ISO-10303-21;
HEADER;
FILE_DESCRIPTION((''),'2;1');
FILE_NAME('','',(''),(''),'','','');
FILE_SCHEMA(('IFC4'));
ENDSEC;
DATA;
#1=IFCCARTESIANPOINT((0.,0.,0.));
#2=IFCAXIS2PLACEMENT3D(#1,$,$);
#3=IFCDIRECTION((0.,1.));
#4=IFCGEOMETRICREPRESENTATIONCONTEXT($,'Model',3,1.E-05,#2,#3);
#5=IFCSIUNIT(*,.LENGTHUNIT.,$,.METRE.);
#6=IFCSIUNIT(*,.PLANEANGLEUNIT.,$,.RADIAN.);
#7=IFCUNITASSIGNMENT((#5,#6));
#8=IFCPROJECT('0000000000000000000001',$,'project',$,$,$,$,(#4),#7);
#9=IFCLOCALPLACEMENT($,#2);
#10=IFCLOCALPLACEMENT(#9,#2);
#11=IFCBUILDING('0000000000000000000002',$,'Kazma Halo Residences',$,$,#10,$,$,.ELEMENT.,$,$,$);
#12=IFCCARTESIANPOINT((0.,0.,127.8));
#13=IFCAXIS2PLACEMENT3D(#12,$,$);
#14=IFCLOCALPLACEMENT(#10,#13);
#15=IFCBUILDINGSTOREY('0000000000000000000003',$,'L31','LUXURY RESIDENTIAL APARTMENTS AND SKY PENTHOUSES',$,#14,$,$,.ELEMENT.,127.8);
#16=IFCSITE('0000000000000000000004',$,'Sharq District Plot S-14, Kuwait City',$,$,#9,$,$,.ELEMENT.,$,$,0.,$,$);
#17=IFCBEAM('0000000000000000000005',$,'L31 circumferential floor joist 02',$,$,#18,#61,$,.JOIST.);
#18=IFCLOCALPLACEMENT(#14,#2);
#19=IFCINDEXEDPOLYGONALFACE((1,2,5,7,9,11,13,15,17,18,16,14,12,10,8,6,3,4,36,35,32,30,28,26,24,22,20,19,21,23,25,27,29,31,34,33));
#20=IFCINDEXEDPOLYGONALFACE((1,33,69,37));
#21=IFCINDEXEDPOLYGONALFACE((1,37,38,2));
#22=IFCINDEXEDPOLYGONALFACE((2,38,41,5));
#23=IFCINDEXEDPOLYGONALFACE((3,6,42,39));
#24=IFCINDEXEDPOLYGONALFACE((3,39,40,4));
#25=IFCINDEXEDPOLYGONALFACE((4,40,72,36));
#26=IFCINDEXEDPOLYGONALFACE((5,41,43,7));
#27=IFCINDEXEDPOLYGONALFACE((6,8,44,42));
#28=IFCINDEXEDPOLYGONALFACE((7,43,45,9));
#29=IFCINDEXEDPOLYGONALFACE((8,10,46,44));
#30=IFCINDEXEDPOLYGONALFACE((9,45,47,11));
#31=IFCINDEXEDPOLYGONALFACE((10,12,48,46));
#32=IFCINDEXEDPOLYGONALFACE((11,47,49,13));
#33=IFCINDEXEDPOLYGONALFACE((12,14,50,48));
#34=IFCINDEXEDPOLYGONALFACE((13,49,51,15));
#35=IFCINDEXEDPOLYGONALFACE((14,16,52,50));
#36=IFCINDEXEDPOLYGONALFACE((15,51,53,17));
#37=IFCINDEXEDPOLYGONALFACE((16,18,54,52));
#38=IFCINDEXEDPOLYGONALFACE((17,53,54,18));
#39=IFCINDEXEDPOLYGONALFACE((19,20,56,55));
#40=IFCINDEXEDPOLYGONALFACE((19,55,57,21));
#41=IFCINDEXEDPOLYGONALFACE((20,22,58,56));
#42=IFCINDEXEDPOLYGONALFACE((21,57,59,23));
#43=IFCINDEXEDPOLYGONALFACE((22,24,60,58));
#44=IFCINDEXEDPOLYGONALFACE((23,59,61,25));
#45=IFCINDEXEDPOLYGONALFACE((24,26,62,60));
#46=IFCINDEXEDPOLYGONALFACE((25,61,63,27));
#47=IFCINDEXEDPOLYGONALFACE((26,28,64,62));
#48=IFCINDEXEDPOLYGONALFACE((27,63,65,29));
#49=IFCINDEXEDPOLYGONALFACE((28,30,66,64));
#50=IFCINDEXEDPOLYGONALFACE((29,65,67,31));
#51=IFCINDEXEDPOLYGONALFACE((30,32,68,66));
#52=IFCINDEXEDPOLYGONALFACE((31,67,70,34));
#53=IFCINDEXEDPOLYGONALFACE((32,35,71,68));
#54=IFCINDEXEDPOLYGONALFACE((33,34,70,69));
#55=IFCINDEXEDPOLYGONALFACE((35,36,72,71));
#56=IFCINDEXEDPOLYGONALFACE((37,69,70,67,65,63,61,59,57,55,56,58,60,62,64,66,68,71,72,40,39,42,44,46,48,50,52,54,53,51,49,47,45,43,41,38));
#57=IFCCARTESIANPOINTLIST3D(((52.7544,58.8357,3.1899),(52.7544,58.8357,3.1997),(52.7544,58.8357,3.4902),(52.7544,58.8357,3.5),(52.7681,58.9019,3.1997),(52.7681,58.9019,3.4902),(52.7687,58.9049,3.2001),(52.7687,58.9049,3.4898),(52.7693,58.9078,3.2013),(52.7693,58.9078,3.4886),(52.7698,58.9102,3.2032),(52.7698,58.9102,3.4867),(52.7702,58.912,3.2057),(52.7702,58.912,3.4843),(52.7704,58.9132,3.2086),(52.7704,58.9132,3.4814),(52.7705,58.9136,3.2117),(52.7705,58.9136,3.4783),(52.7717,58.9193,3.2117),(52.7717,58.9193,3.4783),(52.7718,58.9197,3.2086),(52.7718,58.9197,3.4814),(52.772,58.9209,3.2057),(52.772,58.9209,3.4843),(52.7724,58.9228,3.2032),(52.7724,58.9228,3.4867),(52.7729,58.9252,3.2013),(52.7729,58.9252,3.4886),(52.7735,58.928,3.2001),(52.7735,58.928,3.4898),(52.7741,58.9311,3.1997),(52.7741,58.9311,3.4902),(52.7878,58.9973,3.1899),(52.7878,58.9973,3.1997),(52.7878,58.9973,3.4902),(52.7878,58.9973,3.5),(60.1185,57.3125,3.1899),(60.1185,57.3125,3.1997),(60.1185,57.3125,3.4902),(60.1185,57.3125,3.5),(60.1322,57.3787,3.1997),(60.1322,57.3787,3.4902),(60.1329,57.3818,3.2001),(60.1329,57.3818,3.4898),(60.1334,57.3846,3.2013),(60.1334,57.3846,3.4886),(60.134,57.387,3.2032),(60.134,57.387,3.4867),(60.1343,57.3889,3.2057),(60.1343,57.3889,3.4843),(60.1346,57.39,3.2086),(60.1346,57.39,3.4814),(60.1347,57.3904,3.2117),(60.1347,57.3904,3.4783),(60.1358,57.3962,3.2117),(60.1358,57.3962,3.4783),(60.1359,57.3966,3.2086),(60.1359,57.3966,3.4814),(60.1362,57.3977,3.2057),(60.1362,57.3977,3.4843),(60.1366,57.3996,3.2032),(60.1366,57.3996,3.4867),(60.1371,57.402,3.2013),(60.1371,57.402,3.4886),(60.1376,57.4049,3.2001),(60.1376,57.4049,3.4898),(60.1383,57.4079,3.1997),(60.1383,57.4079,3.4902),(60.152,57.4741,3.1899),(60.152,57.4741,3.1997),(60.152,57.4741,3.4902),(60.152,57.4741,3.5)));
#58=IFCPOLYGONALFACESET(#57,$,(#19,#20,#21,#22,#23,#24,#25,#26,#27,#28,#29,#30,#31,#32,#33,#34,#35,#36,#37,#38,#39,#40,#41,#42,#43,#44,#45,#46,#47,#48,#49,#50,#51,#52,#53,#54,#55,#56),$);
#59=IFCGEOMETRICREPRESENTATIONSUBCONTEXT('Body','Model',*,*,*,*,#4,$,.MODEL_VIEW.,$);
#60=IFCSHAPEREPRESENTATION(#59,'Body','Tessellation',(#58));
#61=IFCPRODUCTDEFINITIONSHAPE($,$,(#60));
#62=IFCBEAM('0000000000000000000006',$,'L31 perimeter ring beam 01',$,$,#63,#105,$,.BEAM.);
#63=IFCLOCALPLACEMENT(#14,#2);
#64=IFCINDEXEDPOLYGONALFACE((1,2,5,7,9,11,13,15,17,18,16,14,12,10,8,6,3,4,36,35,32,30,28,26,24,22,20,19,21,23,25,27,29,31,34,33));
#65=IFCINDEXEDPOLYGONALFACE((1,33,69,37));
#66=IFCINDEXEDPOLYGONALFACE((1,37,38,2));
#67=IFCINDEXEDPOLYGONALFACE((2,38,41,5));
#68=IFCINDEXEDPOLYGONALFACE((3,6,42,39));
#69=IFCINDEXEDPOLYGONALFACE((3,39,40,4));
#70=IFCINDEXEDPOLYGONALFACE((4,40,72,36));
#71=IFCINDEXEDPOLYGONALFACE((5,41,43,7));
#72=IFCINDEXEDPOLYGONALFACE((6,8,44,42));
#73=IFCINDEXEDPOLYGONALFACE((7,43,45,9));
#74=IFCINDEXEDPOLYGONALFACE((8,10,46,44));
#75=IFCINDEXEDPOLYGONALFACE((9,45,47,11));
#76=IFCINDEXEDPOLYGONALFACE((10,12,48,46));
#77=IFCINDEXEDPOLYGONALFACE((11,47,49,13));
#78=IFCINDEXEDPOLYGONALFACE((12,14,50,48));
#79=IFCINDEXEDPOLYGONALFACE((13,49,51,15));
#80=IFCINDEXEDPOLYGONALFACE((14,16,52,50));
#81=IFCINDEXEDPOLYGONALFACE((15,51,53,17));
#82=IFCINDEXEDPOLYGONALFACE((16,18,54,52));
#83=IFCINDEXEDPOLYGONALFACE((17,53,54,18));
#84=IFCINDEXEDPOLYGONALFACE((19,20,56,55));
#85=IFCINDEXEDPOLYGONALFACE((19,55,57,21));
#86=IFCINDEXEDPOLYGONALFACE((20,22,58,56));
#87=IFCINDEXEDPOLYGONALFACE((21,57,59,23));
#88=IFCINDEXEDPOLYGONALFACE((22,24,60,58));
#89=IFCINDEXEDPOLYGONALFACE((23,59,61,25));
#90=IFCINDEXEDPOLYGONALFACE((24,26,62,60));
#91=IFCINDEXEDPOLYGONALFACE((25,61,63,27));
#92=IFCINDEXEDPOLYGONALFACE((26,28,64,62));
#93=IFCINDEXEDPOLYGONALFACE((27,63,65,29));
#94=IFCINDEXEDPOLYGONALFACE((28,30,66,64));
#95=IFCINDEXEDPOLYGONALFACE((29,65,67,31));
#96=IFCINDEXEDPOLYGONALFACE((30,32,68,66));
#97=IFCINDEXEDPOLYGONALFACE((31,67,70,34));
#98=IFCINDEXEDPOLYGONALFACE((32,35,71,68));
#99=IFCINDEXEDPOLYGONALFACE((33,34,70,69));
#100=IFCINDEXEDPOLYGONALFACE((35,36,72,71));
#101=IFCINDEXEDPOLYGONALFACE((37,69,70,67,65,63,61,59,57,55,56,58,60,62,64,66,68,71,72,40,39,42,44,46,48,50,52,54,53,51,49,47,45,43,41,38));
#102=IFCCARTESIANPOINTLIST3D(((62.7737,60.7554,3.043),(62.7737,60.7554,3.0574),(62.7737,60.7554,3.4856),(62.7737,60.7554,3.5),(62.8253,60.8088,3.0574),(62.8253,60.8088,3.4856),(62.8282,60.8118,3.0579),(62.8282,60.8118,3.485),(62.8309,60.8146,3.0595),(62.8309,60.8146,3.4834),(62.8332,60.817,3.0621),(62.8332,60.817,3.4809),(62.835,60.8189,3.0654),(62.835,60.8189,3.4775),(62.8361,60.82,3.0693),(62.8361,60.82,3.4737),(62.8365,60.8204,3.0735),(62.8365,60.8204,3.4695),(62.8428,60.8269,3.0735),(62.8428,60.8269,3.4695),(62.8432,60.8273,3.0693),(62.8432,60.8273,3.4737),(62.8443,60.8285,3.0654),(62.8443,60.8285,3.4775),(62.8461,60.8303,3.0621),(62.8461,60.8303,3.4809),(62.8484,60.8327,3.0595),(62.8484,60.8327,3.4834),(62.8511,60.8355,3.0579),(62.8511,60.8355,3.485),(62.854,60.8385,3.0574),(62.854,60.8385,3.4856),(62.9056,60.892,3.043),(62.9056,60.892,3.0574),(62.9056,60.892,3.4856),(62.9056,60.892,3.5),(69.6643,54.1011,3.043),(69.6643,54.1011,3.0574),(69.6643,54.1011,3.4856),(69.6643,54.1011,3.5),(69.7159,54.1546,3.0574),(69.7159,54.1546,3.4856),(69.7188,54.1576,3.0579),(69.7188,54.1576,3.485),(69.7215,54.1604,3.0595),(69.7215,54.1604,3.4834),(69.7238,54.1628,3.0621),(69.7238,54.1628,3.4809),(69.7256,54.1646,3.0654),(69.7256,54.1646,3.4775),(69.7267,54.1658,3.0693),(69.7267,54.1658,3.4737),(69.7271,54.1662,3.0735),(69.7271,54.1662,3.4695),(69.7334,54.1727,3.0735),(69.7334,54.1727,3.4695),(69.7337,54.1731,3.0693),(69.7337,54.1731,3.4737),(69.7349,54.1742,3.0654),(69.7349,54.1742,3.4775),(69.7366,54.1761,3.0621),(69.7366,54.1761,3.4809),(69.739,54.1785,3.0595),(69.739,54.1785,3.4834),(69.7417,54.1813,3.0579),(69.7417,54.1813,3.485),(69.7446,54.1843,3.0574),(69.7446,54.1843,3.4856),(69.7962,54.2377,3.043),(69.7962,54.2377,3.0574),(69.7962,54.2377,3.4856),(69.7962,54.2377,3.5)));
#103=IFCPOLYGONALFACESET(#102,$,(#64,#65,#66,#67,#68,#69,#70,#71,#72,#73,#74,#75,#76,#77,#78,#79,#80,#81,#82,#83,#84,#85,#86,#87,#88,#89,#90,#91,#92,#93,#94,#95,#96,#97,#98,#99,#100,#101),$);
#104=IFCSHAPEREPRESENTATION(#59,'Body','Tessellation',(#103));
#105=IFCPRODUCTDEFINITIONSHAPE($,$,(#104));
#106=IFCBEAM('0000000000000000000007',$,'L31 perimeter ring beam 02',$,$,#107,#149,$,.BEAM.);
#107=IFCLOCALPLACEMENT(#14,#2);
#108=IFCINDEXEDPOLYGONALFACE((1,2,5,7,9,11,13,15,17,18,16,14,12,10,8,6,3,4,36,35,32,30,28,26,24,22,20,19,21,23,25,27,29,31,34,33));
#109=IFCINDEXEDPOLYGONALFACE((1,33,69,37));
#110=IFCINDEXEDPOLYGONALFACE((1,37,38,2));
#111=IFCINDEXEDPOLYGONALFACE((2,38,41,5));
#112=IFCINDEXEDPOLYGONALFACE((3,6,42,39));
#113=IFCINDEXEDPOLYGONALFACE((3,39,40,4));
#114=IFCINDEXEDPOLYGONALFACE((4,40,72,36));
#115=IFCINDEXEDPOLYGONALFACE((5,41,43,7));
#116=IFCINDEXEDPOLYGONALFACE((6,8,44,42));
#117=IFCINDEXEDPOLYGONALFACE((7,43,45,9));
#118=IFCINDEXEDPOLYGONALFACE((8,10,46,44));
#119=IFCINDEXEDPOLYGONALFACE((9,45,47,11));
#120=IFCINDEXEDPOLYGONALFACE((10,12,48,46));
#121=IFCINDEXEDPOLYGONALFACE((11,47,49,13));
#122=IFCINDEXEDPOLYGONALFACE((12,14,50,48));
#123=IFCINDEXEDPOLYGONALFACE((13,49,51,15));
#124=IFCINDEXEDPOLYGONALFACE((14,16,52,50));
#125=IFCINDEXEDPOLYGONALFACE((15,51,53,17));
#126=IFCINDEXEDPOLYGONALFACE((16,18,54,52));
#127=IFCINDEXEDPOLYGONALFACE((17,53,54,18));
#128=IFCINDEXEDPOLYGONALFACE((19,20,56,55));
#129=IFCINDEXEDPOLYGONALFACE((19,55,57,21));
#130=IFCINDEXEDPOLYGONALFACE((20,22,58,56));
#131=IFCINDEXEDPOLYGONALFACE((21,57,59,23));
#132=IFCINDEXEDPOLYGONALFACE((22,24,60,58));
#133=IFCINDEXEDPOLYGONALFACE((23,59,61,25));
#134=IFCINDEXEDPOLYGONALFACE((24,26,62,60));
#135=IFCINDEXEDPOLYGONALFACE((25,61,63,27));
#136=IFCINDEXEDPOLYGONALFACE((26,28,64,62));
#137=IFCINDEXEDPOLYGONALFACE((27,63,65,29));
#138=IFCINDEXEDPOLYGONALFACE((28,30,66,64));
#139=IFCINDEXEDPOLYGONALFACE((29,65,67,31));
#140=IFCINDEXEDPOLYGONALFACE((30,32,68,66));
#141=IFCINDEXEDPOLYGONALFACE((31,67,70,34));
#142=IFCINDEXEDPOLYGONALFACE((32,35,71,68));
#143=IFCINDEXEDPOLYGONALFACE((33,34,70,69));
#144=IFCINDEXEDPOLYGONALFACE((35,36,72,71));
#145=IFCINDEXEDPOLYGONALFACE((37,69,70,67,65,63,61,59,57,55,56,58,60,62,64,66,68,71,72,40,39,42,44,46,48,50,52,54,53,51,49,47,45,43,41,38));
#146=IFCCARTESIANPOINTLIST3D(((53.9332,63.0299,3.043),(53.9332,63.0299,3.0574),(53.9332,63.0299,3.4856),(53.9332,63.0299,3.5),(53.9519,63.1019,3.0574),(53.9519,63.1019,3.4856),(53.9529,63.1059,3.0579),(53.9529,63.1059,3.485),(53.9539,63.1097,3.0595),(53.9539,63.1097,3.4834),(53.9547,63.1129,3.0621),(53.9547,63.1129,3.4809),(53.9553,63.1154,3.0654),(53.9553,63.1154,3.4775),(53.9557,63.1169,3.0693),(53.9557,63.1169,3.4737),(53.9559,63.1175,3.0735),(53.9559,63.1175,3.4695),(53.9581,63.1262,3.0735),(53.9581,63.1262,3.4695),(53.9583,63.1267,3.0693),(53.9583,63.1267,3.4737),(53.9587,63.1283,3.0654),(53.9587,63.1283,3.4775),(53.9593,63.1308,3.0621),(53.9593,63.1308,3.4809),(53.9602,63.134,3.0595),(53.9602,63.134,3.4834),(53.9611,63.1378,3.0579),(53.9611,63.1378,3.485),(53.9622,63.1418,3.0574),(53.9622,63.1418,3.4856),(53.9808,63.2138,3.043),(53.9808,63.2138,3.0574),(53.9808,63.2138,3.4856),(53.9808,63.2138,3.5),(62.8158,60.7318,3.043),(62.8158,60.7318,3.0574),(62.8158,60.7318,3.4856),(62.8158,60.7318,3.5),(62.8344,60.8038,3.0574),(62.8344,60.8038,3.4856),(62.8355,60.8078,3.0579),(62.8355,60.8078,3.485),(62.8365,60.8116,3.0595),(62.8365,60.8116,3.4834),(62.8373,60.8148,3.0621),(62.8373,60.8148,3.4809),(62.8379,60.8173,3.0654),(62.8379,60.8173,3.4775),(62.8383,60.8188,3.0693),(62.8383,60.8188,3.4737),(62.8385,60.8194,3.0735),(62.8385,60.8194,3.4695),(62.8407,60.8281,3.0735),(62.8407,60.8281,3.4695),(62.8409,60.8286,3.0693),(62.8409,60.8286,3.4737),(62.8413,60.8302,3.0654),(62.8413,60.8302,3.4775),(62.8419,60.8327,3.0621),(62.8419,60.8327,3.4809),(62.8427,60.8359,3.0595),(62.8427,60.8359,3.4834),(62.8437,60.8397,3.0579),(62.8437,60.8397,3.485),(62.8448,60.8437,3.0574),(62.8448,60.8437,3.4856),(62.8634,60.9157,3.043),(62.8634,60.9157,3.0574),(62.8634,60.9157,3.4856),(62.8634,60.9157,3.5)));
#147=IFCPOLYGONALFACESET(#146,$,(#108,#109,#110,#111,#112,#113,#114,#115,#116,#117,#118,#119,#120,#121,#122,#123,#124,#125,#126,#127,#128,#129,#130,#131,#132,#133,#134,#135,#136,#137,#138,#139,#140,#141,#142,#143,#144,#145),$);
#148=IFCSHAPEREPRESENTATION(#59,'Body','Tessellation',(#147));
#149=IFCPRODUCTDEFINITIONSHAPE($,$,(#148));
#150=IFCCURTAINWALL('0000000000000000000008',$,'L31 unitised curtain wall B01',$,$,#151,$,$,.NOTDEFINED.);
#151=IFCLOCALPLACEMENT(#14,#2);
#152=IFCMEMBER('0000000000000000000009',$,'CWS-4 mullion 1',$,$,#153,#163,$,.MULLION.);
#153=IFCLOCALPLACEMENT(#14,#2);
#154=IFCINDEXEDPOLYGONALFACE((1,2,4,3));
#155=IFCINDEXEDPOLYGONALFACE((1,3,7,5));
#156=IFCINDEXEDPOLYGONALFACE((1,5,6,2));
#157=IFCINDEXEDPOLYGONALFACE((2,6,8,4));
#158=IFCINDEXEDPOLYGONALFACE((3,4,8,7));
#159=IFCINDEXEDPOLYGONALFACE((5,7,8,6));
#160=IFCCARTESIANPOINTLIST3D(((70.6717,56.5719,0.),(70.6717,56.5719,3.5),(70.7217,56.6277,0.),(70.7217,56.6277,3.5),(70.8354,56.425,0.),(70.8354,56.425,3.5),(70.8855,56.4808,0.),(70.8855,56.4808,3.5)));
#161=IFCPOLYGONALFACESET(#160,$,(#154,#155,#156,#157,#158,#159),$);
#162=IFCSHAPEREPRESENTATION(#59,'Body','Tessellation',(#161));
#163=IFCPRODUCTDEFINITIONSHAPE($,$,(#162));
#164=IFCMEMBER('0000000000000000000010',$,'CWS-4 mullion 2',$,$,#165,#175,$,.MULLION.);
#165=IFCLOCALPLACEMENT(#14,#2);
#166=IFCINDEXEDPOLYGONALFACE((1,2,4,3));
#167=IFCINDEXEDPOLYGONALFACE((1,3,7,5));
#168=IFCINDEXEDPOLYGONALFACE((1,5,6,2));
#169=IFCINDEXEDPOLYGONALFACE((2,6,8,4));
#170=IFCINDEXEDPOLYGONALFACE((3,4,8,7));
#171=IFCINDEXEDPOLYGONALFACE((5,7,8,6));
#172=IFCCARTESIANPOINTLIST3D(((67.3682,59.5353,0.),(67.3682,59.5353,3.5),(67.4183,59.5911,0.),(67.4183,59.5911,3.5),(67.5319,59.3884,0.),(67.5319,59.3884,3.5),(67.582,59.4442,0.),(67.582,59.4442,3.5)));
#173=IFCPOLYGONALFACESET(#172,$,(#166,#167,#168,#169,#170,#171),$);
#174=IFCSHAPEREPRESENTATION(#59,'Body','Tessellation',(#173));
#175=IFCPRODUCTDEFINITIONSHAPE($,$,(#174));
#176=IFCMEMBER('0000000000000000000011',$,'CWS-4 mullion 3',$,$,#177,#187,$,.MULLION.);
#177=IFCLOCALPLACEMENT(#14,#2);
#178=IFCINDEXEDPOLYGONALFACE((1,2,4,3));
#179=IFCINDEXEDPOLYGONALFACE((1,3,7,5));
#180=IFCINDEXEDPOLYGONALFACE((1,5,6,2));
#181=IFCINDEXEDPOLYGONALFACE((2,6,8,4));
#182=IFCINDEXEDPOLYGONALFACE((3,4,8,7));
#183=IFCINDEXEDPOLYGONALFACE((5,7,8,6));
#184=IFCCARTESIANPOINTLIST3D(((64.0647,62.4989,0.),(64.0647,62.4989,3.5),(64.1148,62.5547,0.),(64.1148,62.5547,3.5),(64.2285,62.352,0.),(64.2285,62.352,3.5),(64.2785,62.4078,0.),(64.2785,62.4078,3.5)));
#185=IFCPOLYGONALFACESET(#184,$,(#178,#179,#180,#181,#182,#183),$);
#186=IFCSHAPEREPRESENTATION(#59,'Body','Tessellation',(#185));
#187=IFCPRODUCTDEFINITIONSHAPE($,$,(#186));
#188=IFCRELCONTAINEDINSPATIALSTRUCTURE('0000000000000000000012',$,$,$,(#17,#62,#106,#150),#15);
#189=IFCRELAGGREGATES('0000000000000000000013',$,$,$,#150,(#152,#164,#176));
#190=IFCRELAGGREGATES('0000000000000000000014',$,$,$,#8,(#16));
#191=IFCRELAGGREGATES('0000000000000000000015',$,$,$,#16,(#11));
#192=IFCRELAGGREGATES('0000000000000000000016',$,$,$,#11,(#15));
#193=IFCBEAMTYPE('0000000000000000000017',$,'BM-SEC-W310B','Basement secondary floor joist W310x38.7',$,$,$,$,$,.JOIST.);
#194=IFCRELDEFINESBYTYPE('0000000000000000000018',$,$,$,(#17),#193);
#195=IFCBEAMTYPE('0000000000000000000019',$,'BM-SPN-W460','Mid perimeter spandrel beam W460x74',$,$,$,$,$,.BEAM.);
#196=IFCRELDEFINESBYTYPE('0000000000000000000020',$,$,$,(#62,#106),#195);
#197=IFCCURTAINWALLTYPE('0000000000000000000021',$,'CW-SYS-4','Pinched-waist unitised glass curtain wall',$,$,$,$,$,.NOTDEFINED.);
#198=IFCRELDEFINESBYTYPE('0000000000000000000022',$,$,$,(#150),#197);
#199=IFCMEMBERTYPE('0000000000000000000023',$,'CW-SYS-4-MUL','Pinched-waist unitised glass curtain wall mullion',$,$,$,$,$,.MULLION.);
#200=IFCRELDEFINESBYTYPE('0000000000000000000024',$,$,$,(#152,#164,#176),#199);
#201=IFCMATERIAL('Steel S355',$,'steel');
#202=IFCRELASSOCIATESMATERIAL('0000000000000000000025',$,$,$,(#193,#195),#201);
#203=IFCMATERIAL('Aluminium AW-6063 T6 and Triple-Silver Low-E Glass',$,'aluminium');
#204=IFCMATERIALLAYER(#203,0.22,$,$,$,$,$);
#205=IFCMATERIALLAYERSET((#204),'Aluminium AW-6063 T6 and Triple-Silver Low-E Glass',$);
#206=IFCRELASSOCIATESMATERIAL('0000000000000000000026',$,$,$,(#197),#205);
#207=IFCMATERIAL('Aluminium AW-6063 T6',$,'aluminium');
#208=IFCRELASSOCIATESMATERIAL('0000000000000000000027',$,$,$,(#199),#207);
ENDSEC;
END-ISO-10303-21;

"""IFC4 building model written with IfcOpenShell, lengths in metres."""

from ifc_helpers import new_model, si_unit, direction, frame, origin, origin_2d, place, context, subcontext, project, spatial, rectangle, i_section, extrude, material, layer, layer_set, material_profile, profile_set, type_object, element, aggregate, save


model = new_model("IFC4")

# Units and contexts
model_context = context("Model", 3, precision=1e-05, world=origin(), true_north=direction((0.0, 1.0)))
body_context = subcontext(model_context, "Body", "Model", "MODEL_VIEW")
ifc_project = project(units=[si_unit("LENGTHUNIT", "METRE"), si_unit("PLANEANGLEUNIT", "RADIAN")], contexts=[model_context])

# Site, building, storey
site_placement = place(None, origin())
site = spatial("IfcSite", under=ifc_project, at=site_placement, Name="Sharq District Plot S-14, Kuwait City", CompositionType="ELEMENT", RefElevation=0.0)
building_placement = place(site_placement, origin())
building = spatial("IfcBuilding", under=site, at=building_placement, Name="Kazma Halo Residences", CompositionType="ELEMENT")
storey_placement = place(building_placement, frame((0.0, 0.0, 127.8)))
storey = spatial("IfcBuildingStorey", under=building, at=storey_placement, Name="L31", Description="LUXURY RESIDENTIAL APARTMENTS AND SKY PENTHOUSES", CompositionType="ELEMENT", Elevation=127.8)

# Beams
ifc_material_1 = material(Name="Steel S355", Category="steel")
ifc_material_profile_1 = material_profile(ifc_material_1, i_section(OverallWidth=0.165, OverallDepth=0.3101, WebThickness=0.0059, FlangeThickness=0.0098, FilletRadius=0.012, at=origin_2d()), Name="W310x38.7")
ifc_profile_set_1 = profile_set([ifc_material_profile_1], Name="Steel S355")
beam_type_1 = type_object("IfcBeamType", Name="BM-SEC-W310B", Description="Basement secondary floor joist W310x38.7", PredefinedType="JOIST", material=ifc_profile_set_1)
beam_1_placement = place(storey_placement, frame((60.1353, 57.3933, 3.345), z_axis=(-0.979272, 0.202549, 0.0), x_axis=(-0.202549, -0.979272, 0.0)))
element("IfcBeam", 1, at=beam_1_placement, inside=storey, type_object=beam_type_1, Name="L31 circumferential floor joist 02", PredefinedType="JOIST", context=body_context, shape_type="SweptSolid", body=[
    extrude(i_section(OverallWidth=0.165, OverallDepth=0.3101, WebThickness=0.0059, FlangeThickness=0.0098, FilletRadius=0.012, at=origin_2d()), origin(), (0.0, 0.0, 1.0), 7.52),
])
ifc_material_profile_2 = material_profile(ifc_material_1, i_section(OverallWidth=0.1899, OverallDepth=0.457, WebThickness=0.009, FlangeThickness=0.0144, FilletRadius=0.0161, at=origin_2d()), Name="W460x74")
ifc_profile_set_2 = profile_set([ifc_material_profile_2], Name="Steel S355")
beam_type_2 = type_object("IfcBeamType", Name="BM-SPN-W460", Description="Mid perimeter spandrel beam W460x74", PredefinedType="BEAM", material=ifc_profile_set_2)
beam_2_placement = place(storey_placement, frame((69.7302, 54.1694, 3.2715), z_axis=(-0.719335, 0.694664, 0.0), x_axis=(-0.694664, -0.719335, 0.0)))
element("IfcBeam", 2, at=beam_2_placement, inside=storey, type_object=beam_type_2, Name="L31 perimeter ring beam 01", PredefinedType="BEAM", context=body_context, shape_type="SweptSolid", body=[
    extrude(i_section(OverallWidth=0.1899, OverallDepth=0.457, WebThickness=0.009, FlangeThickness=0.0144, FilletRadius=0.0161, at=origin_2d()), origin(), (0.0, 0.0, 1.0), 9.5791),
])
beam_3_placement = place(storey_placement, frame((62.8396, 60.8237, 3.2715), z_axis=(-0.968124, 0.250473, 0.0), x_axis=(-0.250473, -0.968124, 0.0)))
element("IfcBeam", 3, at=beam_3_placement, inside=storey, type_object=beam_type_2, Name="L31 perimeter ring beam 02", PredefinedType="BEAM", context=body_context, shape_type="SweptSolid", body=[
    extrude(i_section(OverallWidth=0.1899, OverallDepth=0.457, WebThickness=0.009, FlangeThickness=0.0144, FilletRadius=0.0161, at=origin_2d()), origin(), (0.0, 0.0, 1.0), 9.175),
])

# Curtain wall, members
ifc_material_2 = material(Name="Aluminium AW-6063 T6 and Triple-Silver Low-E Glass", Category="aluminium")
ifc_layer_1 = layer(ifc_material_2, 0.22)
ifc_layer_set_1 = layer_set([ifc_layer_1], Name="Aluminium AW-6063 T6 and Triple-Silver Low-E Glass")
curtain_wall_type = type_object("IfcCurtainWallType", Name="CW-SYS-4", Description="Pinched-waist unitised glass curtain wall", PredefinedType="NOTDEFINED", material=ifc_layer_set_1)
curtain_wall_1_placement = place(storey_placement, origin())
curtain_wall_1 = element("IfcCurtainWall", 4, at=curtain_wall_1_placement, inside=storey, type_object=curtain_wall_type, Name="L31 unitised curtain wall B01", PredefinedType="NOTDEFINED")
ifc_material_3 = material(Name="Aluminium AW-6063 T6", Category="aluminium")
ifc_material_profile_3 = material_profile(ifc_material_3, rectangle(XDim=0.075, YDim=0.22, at=origin_2d()), Name="CWM-75x220")
ifc_profile_set_3 = profile_set([ifc_material_profile_3], Name="Aluminium AW-6063 T6")
member_type_1 = type_object("IfcMemberType", Name="CW-SYS-4-MUL", Description="Pinched-waist unitised glass curtain wall mullion", PredefinedType="MULLION", material=ifc_profile_set_3)
member_1_placement = place(storey_placement, frame((70.7786, 56.5264, 0.0), z_axis=(0.0, 0.0, 1.0), x_axis=(-0.66777, -0.744368, 0.0)))
member_1 = element("IfcMember", 5, at=member_1_placement, type_object=member_type_1, Name="CWS-4 mullion 1", PredefinedType="MULLION", context=body_context, shape_type="SweptSolid", body=[
    extrude(rectangle(XDim=0.075, YDim=0.22, at=origin_2d()), origin(), (0.0, 0.0, 1.0), 3.5),
])
member_2_placement = place(storey_placement, frame((67.4751, 59.4897, 0.0), z_axis=(0.0, 0.0, 1.0), x_axis=(-0.66777, -0.744368, 0.0)))
member_2 = element("IfcMember", 6, at=member_2_placement, type_object=member_type_1, Name="CWS-4 mullion 2", PredefinedType="MULLION", context=body_context, shape_type="SweptSolid", body=[
    extrude(rectangle(XDim=0.075, YDim=0.22, at=origin_2d()), origin(), (0.0, 0.0, 1.0), 3.5),
])
member_3_placement = place(storey_placement, frame((64.1716, 62.4534, 0.0), z_axis=(0.0, 0.0, 1.0), x_axis=(-0.66777, -0.744368, 0.0)))
member_3 = element("IfcMember", 7, at=member_3_placement, type_object=member_type_1, Name="CWS-4 mullion 3", PredefinedType="MULLION", context=body_context, shape_type="SweptSolid", body=[
    extrude(rectangle(XDim=0.075, YDim=0.22, at=origin_2d()), origin(), (0.0, 0.0, 1.0), 3.5),
])

aggregate(curtain_wall_1, [member_1, member_2, member_3])

save(model, "model.ifc")
